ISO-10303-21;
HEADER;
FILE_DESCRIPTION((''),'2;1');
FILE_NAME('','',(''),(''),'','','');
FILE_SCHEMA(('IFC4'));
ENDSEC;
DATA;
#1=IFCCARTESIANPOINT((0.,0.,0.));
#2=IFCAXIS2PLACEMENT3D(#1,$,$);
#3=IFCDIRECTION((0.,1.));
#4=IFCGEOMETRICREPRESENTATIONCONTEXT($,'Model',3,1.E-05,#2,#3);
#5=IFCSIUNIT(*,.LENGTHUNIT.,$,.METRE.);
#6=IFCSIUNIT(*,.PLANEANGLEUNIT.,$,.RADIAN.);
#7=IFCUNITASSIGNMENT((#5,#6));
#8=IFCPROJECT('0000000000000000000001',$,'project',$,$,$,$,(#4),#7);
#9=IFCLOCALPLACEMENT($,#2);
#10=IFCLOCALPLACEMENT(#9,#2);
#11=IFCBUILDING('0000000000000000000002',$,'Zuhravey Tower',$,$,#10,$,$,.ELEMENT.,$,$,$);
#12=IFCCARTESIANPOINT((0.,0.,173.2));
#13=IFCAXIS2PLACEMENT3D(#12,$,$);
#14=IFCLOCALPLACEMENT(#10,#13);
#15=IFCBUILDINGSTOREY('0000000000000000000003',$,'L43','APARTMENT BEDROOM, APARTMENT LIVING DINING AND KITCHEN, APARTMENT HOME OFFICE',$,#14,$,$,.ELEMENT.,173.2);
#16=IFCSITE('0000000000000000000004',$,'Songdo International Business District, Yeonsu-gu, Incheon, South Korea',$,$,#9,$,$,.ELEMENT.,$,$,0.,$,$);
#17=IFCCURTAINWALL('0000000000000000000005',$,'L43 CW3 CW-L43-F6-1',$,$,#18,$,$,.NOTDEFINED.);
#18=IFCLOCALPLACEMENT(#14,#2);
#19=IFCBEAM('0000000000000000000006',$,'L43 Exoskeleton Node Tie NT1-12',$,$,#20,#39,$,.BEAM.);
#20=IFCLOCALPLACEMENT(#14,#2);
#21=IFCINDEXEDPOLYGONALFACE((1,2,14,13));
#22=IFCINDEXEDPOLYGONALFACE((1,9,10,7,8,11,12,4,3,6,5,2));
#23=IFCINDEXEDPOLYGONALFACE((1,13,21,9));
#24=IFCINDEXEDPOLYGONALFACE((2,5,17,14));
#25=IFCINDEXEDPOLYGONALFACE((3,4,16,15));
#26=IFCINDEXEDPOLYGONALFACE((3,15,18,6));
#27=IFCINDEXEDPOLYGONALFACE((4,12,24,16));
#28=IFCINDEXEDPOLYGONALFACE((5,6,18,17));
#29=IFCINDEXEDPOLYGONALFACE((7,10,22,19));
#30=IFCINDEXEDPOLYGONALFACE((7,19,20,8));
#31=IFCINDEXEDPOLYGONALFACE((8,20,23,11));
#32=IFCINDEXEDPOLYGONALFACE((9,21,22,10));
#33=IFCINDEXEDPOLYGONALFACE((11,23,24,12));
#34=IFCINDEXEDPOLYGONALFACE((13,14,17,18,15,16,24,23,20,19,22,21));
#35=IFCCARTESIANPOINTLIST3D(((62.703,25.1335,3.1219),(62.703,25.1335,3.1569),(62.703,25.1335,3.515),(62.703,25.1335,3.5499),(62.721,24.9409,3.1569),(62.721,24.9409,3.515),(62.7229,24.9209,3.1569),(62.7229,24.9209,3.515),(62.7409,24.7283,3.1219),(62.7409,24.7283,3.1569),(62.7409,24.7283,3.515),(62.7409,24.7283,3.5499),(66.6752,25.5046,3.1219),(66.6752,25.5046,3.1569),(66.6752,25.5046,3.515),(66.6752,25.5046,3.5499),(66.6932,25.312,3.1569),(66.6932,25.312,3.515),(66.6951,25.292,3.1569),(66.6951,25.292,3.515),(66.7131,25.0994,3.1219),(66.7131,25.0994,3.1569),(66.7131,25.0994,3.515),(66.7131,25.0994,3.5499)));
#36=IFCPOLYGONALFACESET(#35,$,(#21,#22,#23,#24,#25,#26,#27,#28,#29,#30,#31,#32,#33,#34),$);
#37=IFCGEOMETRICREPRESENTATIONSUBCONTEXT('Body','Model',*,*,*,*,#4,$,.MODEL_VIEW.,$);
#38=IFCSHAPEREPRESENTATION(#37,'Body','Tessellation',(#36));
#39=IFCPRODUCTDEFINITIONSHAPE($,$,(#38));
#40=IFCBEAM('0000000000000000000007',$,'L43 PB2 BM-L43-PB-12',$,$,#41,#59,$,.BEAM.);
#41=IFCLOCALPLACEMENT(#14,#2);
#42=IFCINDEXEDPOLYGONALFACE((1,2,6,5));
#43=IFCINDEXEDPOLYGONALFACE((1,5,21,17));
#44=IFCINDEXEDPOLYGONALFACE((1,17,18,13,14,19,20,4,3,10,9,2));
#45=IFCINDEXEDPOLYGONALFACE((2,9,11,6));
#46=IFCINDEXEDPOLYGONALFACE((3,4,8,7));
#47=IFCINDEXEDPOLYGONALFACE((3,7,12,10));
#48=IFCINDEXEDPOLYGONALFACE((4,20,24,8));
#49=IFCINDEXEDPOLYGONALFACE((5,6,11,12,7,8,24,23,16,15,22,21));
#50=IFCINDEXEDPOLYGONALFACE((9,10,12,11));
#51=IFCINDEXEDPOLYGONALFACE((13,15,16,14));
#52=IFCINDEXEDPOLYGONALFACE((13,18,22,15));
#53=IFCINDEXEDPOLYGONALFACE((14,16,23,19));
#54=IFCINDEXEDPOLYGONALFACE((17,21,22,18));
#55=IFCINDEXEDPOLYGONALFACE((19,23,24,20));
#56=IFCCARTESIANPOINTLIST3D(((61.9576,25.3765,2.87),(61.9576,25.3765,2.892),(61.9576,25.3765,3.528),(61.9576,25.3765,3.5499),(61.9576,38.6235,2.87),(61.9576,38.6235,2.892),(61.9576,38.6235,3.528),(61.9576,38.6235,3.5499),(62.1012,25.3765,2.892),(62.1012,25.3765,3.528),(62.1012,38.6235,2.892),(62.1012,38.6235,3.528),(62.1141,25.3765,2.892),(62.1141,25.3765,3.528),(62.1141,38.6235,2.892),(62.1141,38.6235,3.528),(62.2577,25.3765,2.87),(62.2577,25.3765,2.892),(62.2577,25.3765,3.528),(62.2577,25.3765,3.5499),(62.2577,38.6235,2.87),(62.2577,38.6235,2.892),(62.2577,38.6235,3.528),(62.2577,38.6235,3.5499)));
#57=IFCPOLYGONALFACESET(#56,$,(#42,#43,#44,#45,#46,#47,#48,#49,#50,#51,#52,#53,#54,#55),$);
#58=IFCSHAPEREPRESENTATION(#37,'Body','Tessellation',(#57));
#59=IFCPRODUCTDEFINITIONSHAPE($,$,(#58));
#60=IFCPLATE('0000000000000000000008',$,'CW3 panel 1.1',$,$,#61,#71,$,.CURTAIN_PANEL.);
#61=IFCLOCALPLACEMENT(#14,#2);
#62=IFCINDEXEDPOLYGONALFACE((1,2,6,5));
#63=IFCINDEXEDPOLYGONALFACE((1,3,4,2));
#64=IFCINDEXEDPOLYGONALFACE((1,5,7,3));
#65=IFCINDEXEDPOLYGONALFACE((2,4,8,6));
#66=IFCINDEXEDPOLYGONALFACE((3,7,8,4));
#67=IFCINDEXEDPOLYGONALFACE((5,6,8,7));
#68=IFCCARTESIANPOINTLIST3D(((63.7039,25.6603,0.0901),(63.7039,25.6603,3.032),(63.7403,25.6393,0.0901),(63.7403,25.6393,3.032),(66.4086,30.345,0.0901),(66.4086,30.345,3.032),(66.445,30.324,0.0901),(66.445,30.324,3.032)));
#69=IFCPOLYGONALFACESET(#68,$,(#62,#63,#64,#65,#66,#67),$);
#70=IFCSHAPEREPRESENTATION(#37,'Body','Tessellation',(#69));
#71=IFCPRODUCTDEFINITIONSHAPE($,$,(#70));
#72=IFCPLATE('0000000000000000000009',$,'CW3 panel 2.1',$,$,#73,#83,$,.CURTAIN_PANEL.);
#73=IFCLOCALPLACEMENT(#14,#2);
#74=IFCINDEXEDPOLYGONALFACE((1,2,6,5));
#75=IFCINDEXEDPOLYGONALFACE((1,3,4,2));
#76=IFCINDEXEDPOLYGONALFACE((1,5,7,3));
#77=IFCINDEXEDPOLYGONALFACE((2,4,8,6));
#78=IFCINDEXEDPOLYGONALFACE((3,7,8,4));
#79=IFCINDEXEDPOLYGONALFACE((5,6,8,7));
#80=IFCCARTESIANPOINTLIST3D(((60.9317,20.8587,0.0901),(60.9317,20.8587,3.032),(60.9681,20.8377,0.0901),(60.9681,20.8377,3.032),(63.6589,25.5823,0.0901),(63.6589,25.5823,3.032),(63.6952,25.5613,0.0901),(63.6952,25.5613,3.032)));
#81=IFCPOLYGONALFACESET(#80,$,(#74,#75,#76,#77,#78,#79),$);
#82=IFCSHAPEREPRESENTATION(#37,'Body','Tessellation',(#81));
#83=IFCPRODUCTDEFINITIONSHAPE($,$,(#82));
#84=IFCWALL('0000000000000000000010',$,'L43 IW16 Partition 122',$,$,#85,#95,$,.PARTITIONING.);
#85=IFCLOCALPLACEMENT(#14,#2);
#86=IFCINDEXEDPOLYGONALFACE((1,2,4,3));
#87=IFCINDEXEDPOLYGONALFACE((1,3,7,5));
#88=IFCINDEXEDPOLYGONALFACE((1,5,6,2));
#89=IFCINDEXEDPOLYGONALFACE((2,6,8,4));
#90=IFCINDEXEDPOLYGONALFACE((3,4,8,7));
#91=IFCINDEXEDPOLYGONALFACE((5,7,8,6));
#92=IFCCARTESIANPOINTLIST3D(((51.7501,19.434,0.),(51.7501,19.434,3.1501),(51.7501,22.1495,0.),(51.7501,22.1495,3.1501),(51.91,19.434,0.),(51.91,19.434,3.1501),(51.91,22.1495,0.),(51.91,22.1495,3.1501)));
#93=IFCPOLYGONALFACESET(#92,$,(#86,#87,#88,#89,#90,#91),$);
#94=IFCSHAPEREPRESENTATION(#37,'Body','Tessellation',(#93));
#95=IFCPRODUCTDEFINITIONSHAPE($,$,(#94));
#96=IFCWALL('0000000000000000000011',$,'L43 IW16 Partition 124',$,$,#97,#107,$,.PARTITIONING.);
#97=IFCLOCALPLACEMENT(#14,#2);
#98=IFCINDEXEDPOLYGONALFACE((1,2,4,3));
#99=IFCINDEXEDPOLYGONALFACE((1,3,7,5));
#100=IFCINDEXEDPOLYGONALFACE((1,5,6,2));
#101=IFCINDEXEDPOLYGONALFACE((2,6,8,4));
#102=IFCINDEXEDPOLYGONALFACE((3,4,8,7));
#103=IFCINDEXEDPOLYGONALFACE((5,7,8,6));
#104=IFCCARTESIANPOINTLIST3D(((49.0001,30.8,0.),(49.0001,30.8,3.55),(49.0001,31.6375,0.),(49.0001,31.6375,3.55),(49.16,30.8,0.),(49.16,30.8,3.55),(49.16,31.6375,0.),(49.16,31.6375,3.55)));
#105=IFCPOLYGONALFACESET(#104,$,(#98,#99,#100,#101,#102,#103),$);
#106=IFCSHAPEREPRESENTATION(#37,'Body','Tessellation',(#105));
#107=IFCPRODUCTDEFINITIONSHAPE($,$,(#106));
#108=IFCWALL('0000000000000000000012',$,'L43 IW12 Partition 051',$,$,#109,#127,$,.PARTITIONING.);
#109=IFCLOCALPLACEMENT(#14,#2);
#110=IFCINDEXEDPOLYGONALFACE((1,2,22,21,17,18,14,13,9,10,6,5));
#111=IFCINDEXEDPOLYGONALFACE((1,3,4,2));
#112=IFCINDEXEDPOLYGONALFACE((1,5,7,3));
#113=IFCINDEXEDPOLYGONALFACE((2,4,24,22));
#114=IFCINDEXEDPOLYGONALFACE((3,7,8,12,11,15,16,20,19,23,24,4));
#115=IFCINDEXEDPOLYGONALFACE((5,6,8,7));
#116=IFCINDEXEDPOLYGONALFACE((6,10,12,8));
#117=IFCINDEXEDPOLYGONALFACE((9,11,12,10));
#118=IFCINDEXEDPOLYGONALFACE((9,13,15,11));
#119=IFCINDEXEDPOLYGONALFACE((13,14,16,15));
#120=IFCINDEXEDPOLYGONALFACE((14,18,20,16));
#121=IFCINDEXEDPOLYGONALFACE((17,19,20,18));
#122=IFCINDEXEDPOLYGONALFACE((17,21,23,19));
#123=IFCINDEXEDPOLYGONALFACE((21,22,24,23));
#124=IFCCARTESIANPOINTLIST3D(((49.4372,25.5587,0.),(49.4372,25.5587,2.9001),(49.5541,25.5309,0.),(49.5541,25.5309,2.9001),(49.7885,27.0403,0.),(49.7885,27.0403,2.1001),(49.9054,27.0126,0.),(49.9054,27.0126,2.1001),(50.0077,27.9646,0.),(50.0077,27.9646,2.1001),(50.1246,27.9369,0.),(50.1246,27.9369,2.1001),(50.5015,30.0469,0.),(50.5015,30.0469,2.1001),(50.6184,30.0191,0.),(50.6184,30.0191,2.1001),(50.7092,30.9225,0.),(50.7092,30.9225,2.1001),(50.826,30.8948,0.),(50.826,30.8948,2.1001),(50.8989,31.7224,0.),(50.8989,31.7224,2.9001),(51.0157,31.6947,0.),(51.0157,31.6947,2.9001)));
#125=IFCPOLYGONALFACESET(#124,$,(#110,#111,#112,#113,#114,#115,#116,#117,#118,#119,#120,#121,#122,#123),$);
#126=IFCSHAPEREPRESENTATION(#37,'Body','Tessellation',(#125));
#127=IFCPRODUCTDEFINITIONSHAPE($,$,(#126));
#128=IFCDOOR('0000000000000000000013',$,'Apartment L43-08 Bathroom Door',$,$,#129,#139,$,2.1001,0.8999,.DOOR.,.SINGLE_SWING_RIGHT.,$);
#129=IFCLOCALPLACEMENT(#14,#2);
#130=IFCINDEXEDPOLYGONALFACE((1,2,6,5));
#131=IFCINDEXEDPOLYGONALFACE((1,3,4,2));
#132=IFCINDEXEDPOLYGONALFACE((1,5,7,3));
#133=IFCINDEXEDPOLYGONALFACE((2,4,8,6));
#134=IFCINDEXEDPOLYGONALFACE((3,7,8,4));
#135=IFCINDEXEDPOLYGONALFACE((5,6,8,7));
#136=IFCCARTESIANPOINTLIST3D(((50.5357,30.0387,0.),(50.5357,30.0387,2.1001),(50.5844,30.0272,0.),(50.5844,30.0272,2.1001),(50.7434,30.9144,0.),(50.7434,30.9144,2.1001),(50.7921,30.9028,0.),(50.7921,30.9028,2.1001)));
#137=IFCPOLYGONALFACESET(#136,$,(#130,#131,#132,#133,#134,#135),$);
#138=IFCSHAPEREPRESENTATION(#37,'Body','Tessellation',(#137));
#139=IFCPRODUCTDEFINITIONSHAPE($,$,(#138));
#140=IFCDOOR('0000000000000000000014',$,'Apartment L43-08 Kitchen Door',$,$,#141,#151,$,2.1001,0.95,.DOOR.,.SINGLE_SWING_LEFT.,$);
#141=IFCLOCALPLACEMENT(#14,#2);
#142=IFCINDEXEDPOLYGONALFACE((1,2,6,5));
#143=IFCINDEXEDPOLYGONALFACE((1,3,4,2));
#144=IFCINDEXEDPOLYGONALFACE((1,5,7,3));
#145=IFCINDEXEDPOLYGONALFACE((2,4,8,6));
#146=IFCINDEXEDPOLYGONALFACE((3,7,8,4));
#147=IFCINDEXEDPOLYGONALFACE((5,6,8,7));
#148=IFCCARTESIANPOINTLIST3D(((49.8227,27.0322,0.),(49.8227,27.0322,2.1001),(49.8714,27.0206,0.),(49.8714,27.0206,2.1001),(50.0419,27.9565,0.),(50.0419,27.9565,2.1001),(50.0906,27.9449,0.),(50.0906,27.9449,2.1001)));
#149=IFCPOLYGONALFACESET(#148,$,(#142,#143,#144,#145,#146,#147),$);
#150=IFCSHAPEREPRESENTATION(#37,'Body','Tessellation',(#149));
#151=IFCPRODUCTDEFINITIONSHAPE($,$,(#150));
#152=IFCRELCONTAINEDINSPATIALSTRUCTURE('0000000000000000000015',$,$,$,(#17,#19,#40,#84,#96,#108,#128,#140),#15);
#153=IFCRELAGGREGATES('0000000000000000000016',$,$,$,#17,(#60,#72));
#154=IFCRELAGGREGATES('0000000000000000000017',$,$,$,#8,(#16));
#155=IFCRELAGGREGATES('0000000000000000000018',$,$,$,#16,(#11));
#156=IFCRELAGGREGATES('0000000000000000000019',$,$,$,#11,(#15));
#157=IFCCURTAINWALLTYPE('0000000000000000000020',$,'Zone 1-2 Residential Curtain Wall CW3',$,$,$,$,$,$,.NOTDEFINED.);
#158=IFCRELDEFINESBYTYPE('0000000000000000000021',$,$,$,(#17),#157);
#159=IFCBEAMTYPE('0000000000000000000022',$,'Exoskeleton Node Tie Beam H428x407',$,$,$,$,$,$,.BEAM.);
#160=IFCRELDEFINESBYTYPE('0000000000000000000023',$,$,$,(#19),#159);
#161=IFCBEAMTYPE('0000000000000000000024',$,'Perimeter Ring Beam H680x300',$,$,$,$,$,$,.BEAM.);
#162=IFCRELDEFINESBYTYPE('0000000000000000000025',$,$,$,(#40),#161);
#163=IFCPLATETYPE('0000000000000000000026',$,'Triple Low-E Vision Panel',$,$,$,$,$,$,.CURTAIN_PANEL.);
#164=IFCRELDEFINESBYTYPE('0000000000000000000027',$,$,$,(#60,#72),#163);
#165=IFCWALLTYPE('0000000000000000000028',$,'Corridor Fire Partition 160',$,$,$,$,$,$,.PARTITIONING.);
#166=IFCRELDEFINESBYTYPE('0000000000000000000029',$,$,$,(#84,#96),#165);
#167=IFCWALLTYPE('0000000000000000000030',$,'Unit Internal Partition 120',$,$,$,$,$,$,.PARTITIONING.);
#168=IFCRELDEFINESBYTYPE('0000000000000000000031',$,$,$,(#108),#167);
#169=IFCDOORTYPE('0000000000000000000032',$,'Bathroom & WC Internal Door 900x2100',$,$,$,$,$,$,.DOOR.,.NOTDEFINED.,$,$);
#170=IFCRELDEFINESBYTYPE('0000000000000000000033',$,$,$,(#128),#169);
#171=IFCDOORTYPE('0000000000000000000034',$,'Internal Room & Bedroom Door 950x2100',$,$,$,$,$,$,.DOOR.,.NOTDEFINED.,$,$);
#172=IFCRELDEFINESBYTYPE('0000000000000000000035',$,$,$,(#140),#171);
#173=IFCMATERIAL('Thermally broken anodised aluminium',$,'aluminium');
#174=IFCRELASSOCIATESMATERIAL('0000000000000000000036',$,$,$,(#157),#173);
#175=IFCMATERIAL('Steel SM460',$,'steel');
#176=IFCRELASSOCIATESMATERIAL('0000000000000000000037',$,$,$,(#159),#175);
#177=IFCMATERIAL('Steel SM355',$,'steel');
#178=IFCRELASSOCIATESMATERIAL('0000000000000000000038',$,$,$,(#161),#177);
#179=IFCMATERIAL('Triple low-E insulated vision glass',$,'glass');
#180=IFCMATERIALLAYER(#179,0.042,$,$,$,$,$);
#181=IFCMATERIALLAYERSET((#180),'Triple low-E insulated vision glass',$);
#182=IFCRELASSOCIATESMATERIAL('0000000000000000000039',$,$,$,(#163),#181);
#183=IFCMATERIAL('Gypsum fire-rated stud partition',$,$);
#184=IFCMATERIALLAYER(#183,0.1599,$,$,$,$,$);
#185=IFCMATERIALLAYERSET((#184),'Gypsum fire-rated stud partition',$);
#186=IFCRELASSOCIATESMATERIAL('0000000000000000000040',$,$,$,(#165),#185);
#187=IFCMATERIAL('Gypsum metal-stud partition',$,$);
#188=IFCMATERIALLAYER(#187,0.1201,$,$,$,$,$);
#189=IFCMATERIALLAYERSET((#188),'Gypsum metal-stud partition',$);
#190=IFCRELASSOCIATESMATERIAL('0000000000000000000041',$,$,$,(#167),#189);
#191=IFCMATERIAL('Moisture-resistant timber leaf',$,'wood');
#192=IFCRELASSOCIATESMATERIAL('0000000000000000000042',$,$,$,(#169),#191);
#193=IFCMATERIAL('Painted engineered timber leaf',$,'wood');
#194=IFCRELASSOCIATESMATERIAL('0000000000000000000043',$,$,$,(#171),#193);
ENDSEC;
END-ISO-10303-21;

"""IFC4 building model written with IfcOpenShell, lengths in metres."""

from ifc_helpers import new_model, si_unit, direction, frame, frame_2d, origin, origin_2d, place, context, subcontext, project, spatial, rectangle, i_section, extrude, material, layer, layer_set, material_profile, profile_set, type_object, element, fill, aggregate, save


model = new_model("IFC4")

# Units and contexts
model_context = context("Model", 3, precision=1e-05, world=origin(), true_north=direction((0.0, 1.0)))
body_context = subcontext(model_context, "Body", "Model", "MODEL_VIEW")
ifc_project = project(units=[si_unit("LENGTHUNIT", "METRE"), si_unit("PLANEANGLEUNIT", "RADIAN")], contexts=[model_context])

# Site, building, storey
site_placement = place(None, origin())
site = spatial("IfcSite", under=ifc_project, at=site_placement, Name="Songdo International Business District, Yeonsu-gu, Incheon, South Korea", CompositionType="ELEMENT", RefElevation=0.0)
building_placement = place(site_placement, origin())
building = spatial("IfcBuilding", under=site, at=building_placement, Name="Zuhravey Tower", CompositionType="ELEMENT")
storey_placement = place(building_placement, frame((0.0, 0.0, 173.2)))
storey = spatial("IfcBuildingStorey", under=building, at=storey_placement, Name="L43", Description="APARTMENT BEDROOM, APARTMENT LIVING DINING AND KITCHEN, APARTMENT HOME OFFICE", CompositionType="ELEMENT", Elevation=173.2)

# Curtain wall
ifc_material_1 = material(Name="Thermally broken anodised aluminium", Category="aluminium")
curtain_wall_type = type_object("IfcCurtainWallType", Name="Zone 1-2 Residential Curtain Wall CW3", PredefinedType="NOTDEFINED", material=ifc_material_1)
curtain_wall_placement = place(storey_placement, origin())
curtain_wall = element("IfcCurtainWall", 1, at=curtain_wall_placement, inside=storey, type_object=curtain_wall_type, Name="L43 CW3 CW-L43-F6-1", PredefinedType="NOTDEFINED")

# Beams
ifc_material_2 = material(Name="Steel SM460", Category="steel")
ifc_material_profile_1 = material_profile(ifc_material_2, i_section(OverallWidth=0.407, OverallDepth=0.428, WebThickness=0.02, FlangeThickness=0.0349, at=origin_2d()), Name="H-428x407x20x35")
ifc_profile_set_1 = profile_set([ifc_material_profile_1], Name="Steel SM460")
beam_type_1 = type_object("IfcBeamType", Name="Exoskeleton Node Tie Beam H428x407", PredefinedType="BEAM", material=ifc_profile_set_1)
beam_1_placement = place(storey_placement, frame((62.7219, 24.9309, 3.3359), z_axis=(0.995664, 0.093018, 0.0), x_axis=(-0.093018, 0.995664, 0.0)))
element("IfcBeam", 2, at=beam_1_placement, inside=storey, type_object=beam_type_1, Name="L43 Exoskeleton Node Tie NT1-12", PredefinedType="BEAM", context=body_context, shape_type="SweptSolid", body=[
    extrude(i_section(OverallWidth=0.407, OverallDepth=0.428, WebThickness=0.02, FlangeThickness=0.0349, at=origin_2d()), origin(), (0.0, 0.0, 1.0), 3.9895),
])
ifc_material_3 = material(Name="Steel SM355", Category="steel")
ifc_material_profile_2 = material_profile(ifc_material_3, i_section(OverallWidth=0.3, OverallDepth=0.6799, WebThickness=0.0129, FlangeThickness=0.022, at=origin_2d()), Name="H-680x300x13x22")
ifc_profile_set_2 = profile_set([ifc_material_profile_2], Name="Steel SM355")
beam_type_2 = type_object("IfcBeamType", Name="Perimeter Ring Beam H680x300", PredefinedType="BEAM", material=ifc_profile_set_2)
beam_2_placement = place(storey_placement, frame((62.1077, 25.3765, 3.21), z_axis=(0.0, 1.0, 0.0), x_axis=(-1.0, 0.0, 0.0)))
element("IfcBeam", 3, at=beam_2_placement, inside=storey, type_object=beam_type_2, Name="L43 PB2 BM-L43-PB-12", PredefinedType="BEAM", context=body_context, shape_type="SweptSolid", body=[
    extrude(i_section(OverallWidth=0.3, OverallDepth=0.6799, WebThickness=0.0129, FlangeThickness=0.022, at=origin_2d()), origin(), (0.0, 0.0, 1.0), 13.2471),
])

# Plates
ifc_material_4 = material(Name="Triple low-E insulated vision glass", Category="glass")
ifc_layer_1 = layer(ifc_material_4, 0.042)
ifc_layer_set_1 = layer_set([ifc_layer_1], Name="Triple low-E insulated vision glass")
plate_type = type_object("IfcPlateType", Name="Triple Low-E Vision Panel", PredefinedType="CURTAIN_PANEL", material=ifc_layer_set_1)
plate_1_placement = place(storey_placement, frame((65.0745, 27.9922, 0.0901), z_axis=(0.0, 0.0, 1.0), x_axis=(-0.5, -0.866025, 0.0)))
plate_1 = element("IfcPlate", 4, at=plate_1_placement, type_object=plate_type, Name="CW3 panel 1.1", PredefinedType="CURTAIN_PANEL", context=body_context, shape_type="SweptSolid", body=[
    extrude(rectangle(XDim=5.4094, YDim=0.042, at=origin_2d()), origin(), (0.0, 0.0, 1.0), 2.9419),
])
plate_2_placement = place(storey_placement, frame((62.3135, 23.21, 0.0901), z_axis=(0.0, 0.0, 1.0), x_axis=(-0.5, -0.866025, 0.0)))
plate_2 = element("IfcPlate", 5, at=plate_2_placement, type_object=plate_type, Name="CW3 panel 2.1", PredefinedType="CURTAIN_PANEL", context=body_context, shape_type="SweptSolid", body=[
    extrude(rectangle(XDim=5.4543, YDim=0.042, at=origin_2d()), origin(), (0.0, 0.0, 1.0), 2.9419),
])
aggregate(curtain_wall, [plate_1, plate_2])

# Shared definitions
ifc_material_5 = material(Name="Gypsum fire-rated stud partition")
ifc_layer_2 = layer(ifc_material_5, 0.1599)
ifc_layer_set_2 = layer_set([ifc_layer_2], Name="Gypsum fire-rated stud partition")
wall_type_1 = type_object("IfcWallType", Name="Corridor Fire Partition 160", PredefinedType="PARTITIONING", material=ifc_layer_set_2)

# Walls
wall_1_placement = place(storey_placement, frame((51.8301, 19.4338, 0.0), z_axis=(0.0, 0.0, 1.0), x_axis=(0.0, 1.0, 0.0)))
element("IfcWall", 6, at=wall_1_placement, inside=storey, type_object=wall_type_1, Name="L43 IW16 Partition 122", PredefinedType="PARTITIONING", context=body_context, shape_type="SweptSolid", body=[
    extrude(rectangle(XDim=2.7156, YDim=0.1599, at=frame_2d((1.3579, 0.0))), origin(), (0.0, 0.0, 1.0), 3.1501),
])
wall_2_placement = place(storey_placement, frame((49.0801, 30.8, 0.0), z_axis=(0.0, 0.0, 1.0), x_axis=(0.0, 1.0, 0.0)))
element("IfcWall", 7, at=wall_2_placement, inside=storey, type_object=wall_type_1, Name="L43 IW16 Partition 124", PredefinedType="PARTITIONING", context=body_context, shape_type="SweptSolid", body=[
    extrude(rectangle(XDim=0.8374, YDim=0.1599, at=frame_2d((0.4187, 0.0))), origin(), (0.0, 0.0, 1.0), 3.55),
])

# Wall, openings, doors
ifc_material_6 = material(Name="Gypsum metal-stud partition")
ifc_layer_3 = layer(ifc_material_6, 0.1201)
ifc_layer_set_3 = layer_set([ifc_layer_3], Name="Gypsum metal-stud partition")
wall_type_2 = type_object("IfcWallType", Name="Unit Internal Partition 120", PredefinedType="PARTITIONING", material=ifc_layer_set_3)
wall_3_placement = place(storey_placement, frame((49.4956, 25.5447, 0.0), z_axis=(0.0, 0.0, 1.0), x_axis=(0.230738, 0.973016, 0.0)))
wall_3 = element("IfcWall", 8, at=wall_3_placement, inside=storey, type_object=wall_type_2, Name="L43 IW12 Partition 051", PredefinedType="PARTITIONING", context=body_context, shape_type="SweptSolid", body=[
    extrude(rectangle(XDim=6.3347, YDim=0.1201, at=frame_2d((3.1675, 0.0))), origin(), (0.0, 0.0, 1.0), 2.9001),
])
opening_1_placement = place(wall_3_placement, frame((1.5227, 0.0, 0.0)))
opening_1 = element("IfcOpeningElement", 9, at=opening_1_placement, cuts=wall_3, PredefinedType="OPENING", context=body_context, shape_type="SweptSolid", body=[
    extrude(rectangle(XDim=0.95, YDim=2.1001, at=frame_2d((0.4751, 1.05))), frame((0.0, 0.072, 0.0), z_axis=(0.0, -1.0, 0.0), x_axis=(1.0, 0.0, 0.0)), (0.0, 0.0, 1.0), 0.144),
])
opening_2_placement = place(wall_3_placement, frame((4.6128, 0.0, 0.0)))
opening_2 = element("IfcOpeningElement", 10, at=opening_2_placement, cuts=wall_3, PredefinedType="OPENING", context=body_context, shape_type="SweptSolid", body=[
    extrude(rectangle(XDim=0.8999, YDim=2.1001, at=frame_2d((0.45, 1.05))), frame((0.0, 0.072, 0.0), z_axis=(0.0, -1.0, 0.0), x_axis=(1.0, 0.0, 0.0)), (0.0, 0.0, 1.0), 0.144),
])
ifc_material_7 = material(Name="Moisture-resistant timber leaf", Category="wood")
door_type_1 = type_object("IfcDoorType", Name="Bathroom & WC Internal Door 900x2100", OperationType="NOTDEFINED", PredefinedType="DOOR", material=ifc_material_7)
door_1_placement = place(opening_2_placement, origin())
door_1 = element("IfcDoor", 11, at=door_1_placement, inside=storey, type_object=door_type_1, Name="Apartment L43-08 Bathroom Door", OperationType="SINGLE_SWING_RIGHT", OverallHeight=2.1001, OverallWidth=0.8999, PredefinedType="DOOR", context=body_context, shape_type="SweptSolid", body=[
    extrude(rectangle(XDim=0.8999, YDim=2.1001, at=frame_2d((0.45, 1.05))), frame((0.0, 0.0249, 0.0), z_axis=(0.0, -1.0, 0.0), x_axis=(1.0, 0.0, 0.0)), (0.0, 0.0, 1.0), 0.05),
])
fill(opening_2, door_1)
ifc_material_8 = material(Name="Painted engineered timber leaf", Category="wood")
door_type_2 = type_object("IfcDoorType", Name="Internal Room & Bedroom Door 950x2100", OperationType="NOTDEFINED", PredefinedType="DOOR", material=ifc_material_8)
door_2_placement = place(opening_1_placement, origin())
door_2 = element("IfcDoor", 12, at=door_2_placement, inside=storey, type_object=door_type_2, Name="Apartment L43-08 Kitchen Door", OperationType="SINGLE_SWING_LEFT", OverallHeight=2.1001, OverallWidth=0.95, PredefinedType="DOOR", context=body_context, shape_type="SweptSolid", body=[
    extrude(rectangle(XDim=0.95, YDim=2.1001, at=frame_2d((0.4751, 1.05))), frame((0.0, 0.0249, 0.0), z_axis=(0.0, -1.0, 0.0), x_axis=(1.0, 0.0, 0.0)), (0.0, 0.0, 1.0), 0.05),
])
fill(opening_1, door_2)

save(model, "model.ifc")
